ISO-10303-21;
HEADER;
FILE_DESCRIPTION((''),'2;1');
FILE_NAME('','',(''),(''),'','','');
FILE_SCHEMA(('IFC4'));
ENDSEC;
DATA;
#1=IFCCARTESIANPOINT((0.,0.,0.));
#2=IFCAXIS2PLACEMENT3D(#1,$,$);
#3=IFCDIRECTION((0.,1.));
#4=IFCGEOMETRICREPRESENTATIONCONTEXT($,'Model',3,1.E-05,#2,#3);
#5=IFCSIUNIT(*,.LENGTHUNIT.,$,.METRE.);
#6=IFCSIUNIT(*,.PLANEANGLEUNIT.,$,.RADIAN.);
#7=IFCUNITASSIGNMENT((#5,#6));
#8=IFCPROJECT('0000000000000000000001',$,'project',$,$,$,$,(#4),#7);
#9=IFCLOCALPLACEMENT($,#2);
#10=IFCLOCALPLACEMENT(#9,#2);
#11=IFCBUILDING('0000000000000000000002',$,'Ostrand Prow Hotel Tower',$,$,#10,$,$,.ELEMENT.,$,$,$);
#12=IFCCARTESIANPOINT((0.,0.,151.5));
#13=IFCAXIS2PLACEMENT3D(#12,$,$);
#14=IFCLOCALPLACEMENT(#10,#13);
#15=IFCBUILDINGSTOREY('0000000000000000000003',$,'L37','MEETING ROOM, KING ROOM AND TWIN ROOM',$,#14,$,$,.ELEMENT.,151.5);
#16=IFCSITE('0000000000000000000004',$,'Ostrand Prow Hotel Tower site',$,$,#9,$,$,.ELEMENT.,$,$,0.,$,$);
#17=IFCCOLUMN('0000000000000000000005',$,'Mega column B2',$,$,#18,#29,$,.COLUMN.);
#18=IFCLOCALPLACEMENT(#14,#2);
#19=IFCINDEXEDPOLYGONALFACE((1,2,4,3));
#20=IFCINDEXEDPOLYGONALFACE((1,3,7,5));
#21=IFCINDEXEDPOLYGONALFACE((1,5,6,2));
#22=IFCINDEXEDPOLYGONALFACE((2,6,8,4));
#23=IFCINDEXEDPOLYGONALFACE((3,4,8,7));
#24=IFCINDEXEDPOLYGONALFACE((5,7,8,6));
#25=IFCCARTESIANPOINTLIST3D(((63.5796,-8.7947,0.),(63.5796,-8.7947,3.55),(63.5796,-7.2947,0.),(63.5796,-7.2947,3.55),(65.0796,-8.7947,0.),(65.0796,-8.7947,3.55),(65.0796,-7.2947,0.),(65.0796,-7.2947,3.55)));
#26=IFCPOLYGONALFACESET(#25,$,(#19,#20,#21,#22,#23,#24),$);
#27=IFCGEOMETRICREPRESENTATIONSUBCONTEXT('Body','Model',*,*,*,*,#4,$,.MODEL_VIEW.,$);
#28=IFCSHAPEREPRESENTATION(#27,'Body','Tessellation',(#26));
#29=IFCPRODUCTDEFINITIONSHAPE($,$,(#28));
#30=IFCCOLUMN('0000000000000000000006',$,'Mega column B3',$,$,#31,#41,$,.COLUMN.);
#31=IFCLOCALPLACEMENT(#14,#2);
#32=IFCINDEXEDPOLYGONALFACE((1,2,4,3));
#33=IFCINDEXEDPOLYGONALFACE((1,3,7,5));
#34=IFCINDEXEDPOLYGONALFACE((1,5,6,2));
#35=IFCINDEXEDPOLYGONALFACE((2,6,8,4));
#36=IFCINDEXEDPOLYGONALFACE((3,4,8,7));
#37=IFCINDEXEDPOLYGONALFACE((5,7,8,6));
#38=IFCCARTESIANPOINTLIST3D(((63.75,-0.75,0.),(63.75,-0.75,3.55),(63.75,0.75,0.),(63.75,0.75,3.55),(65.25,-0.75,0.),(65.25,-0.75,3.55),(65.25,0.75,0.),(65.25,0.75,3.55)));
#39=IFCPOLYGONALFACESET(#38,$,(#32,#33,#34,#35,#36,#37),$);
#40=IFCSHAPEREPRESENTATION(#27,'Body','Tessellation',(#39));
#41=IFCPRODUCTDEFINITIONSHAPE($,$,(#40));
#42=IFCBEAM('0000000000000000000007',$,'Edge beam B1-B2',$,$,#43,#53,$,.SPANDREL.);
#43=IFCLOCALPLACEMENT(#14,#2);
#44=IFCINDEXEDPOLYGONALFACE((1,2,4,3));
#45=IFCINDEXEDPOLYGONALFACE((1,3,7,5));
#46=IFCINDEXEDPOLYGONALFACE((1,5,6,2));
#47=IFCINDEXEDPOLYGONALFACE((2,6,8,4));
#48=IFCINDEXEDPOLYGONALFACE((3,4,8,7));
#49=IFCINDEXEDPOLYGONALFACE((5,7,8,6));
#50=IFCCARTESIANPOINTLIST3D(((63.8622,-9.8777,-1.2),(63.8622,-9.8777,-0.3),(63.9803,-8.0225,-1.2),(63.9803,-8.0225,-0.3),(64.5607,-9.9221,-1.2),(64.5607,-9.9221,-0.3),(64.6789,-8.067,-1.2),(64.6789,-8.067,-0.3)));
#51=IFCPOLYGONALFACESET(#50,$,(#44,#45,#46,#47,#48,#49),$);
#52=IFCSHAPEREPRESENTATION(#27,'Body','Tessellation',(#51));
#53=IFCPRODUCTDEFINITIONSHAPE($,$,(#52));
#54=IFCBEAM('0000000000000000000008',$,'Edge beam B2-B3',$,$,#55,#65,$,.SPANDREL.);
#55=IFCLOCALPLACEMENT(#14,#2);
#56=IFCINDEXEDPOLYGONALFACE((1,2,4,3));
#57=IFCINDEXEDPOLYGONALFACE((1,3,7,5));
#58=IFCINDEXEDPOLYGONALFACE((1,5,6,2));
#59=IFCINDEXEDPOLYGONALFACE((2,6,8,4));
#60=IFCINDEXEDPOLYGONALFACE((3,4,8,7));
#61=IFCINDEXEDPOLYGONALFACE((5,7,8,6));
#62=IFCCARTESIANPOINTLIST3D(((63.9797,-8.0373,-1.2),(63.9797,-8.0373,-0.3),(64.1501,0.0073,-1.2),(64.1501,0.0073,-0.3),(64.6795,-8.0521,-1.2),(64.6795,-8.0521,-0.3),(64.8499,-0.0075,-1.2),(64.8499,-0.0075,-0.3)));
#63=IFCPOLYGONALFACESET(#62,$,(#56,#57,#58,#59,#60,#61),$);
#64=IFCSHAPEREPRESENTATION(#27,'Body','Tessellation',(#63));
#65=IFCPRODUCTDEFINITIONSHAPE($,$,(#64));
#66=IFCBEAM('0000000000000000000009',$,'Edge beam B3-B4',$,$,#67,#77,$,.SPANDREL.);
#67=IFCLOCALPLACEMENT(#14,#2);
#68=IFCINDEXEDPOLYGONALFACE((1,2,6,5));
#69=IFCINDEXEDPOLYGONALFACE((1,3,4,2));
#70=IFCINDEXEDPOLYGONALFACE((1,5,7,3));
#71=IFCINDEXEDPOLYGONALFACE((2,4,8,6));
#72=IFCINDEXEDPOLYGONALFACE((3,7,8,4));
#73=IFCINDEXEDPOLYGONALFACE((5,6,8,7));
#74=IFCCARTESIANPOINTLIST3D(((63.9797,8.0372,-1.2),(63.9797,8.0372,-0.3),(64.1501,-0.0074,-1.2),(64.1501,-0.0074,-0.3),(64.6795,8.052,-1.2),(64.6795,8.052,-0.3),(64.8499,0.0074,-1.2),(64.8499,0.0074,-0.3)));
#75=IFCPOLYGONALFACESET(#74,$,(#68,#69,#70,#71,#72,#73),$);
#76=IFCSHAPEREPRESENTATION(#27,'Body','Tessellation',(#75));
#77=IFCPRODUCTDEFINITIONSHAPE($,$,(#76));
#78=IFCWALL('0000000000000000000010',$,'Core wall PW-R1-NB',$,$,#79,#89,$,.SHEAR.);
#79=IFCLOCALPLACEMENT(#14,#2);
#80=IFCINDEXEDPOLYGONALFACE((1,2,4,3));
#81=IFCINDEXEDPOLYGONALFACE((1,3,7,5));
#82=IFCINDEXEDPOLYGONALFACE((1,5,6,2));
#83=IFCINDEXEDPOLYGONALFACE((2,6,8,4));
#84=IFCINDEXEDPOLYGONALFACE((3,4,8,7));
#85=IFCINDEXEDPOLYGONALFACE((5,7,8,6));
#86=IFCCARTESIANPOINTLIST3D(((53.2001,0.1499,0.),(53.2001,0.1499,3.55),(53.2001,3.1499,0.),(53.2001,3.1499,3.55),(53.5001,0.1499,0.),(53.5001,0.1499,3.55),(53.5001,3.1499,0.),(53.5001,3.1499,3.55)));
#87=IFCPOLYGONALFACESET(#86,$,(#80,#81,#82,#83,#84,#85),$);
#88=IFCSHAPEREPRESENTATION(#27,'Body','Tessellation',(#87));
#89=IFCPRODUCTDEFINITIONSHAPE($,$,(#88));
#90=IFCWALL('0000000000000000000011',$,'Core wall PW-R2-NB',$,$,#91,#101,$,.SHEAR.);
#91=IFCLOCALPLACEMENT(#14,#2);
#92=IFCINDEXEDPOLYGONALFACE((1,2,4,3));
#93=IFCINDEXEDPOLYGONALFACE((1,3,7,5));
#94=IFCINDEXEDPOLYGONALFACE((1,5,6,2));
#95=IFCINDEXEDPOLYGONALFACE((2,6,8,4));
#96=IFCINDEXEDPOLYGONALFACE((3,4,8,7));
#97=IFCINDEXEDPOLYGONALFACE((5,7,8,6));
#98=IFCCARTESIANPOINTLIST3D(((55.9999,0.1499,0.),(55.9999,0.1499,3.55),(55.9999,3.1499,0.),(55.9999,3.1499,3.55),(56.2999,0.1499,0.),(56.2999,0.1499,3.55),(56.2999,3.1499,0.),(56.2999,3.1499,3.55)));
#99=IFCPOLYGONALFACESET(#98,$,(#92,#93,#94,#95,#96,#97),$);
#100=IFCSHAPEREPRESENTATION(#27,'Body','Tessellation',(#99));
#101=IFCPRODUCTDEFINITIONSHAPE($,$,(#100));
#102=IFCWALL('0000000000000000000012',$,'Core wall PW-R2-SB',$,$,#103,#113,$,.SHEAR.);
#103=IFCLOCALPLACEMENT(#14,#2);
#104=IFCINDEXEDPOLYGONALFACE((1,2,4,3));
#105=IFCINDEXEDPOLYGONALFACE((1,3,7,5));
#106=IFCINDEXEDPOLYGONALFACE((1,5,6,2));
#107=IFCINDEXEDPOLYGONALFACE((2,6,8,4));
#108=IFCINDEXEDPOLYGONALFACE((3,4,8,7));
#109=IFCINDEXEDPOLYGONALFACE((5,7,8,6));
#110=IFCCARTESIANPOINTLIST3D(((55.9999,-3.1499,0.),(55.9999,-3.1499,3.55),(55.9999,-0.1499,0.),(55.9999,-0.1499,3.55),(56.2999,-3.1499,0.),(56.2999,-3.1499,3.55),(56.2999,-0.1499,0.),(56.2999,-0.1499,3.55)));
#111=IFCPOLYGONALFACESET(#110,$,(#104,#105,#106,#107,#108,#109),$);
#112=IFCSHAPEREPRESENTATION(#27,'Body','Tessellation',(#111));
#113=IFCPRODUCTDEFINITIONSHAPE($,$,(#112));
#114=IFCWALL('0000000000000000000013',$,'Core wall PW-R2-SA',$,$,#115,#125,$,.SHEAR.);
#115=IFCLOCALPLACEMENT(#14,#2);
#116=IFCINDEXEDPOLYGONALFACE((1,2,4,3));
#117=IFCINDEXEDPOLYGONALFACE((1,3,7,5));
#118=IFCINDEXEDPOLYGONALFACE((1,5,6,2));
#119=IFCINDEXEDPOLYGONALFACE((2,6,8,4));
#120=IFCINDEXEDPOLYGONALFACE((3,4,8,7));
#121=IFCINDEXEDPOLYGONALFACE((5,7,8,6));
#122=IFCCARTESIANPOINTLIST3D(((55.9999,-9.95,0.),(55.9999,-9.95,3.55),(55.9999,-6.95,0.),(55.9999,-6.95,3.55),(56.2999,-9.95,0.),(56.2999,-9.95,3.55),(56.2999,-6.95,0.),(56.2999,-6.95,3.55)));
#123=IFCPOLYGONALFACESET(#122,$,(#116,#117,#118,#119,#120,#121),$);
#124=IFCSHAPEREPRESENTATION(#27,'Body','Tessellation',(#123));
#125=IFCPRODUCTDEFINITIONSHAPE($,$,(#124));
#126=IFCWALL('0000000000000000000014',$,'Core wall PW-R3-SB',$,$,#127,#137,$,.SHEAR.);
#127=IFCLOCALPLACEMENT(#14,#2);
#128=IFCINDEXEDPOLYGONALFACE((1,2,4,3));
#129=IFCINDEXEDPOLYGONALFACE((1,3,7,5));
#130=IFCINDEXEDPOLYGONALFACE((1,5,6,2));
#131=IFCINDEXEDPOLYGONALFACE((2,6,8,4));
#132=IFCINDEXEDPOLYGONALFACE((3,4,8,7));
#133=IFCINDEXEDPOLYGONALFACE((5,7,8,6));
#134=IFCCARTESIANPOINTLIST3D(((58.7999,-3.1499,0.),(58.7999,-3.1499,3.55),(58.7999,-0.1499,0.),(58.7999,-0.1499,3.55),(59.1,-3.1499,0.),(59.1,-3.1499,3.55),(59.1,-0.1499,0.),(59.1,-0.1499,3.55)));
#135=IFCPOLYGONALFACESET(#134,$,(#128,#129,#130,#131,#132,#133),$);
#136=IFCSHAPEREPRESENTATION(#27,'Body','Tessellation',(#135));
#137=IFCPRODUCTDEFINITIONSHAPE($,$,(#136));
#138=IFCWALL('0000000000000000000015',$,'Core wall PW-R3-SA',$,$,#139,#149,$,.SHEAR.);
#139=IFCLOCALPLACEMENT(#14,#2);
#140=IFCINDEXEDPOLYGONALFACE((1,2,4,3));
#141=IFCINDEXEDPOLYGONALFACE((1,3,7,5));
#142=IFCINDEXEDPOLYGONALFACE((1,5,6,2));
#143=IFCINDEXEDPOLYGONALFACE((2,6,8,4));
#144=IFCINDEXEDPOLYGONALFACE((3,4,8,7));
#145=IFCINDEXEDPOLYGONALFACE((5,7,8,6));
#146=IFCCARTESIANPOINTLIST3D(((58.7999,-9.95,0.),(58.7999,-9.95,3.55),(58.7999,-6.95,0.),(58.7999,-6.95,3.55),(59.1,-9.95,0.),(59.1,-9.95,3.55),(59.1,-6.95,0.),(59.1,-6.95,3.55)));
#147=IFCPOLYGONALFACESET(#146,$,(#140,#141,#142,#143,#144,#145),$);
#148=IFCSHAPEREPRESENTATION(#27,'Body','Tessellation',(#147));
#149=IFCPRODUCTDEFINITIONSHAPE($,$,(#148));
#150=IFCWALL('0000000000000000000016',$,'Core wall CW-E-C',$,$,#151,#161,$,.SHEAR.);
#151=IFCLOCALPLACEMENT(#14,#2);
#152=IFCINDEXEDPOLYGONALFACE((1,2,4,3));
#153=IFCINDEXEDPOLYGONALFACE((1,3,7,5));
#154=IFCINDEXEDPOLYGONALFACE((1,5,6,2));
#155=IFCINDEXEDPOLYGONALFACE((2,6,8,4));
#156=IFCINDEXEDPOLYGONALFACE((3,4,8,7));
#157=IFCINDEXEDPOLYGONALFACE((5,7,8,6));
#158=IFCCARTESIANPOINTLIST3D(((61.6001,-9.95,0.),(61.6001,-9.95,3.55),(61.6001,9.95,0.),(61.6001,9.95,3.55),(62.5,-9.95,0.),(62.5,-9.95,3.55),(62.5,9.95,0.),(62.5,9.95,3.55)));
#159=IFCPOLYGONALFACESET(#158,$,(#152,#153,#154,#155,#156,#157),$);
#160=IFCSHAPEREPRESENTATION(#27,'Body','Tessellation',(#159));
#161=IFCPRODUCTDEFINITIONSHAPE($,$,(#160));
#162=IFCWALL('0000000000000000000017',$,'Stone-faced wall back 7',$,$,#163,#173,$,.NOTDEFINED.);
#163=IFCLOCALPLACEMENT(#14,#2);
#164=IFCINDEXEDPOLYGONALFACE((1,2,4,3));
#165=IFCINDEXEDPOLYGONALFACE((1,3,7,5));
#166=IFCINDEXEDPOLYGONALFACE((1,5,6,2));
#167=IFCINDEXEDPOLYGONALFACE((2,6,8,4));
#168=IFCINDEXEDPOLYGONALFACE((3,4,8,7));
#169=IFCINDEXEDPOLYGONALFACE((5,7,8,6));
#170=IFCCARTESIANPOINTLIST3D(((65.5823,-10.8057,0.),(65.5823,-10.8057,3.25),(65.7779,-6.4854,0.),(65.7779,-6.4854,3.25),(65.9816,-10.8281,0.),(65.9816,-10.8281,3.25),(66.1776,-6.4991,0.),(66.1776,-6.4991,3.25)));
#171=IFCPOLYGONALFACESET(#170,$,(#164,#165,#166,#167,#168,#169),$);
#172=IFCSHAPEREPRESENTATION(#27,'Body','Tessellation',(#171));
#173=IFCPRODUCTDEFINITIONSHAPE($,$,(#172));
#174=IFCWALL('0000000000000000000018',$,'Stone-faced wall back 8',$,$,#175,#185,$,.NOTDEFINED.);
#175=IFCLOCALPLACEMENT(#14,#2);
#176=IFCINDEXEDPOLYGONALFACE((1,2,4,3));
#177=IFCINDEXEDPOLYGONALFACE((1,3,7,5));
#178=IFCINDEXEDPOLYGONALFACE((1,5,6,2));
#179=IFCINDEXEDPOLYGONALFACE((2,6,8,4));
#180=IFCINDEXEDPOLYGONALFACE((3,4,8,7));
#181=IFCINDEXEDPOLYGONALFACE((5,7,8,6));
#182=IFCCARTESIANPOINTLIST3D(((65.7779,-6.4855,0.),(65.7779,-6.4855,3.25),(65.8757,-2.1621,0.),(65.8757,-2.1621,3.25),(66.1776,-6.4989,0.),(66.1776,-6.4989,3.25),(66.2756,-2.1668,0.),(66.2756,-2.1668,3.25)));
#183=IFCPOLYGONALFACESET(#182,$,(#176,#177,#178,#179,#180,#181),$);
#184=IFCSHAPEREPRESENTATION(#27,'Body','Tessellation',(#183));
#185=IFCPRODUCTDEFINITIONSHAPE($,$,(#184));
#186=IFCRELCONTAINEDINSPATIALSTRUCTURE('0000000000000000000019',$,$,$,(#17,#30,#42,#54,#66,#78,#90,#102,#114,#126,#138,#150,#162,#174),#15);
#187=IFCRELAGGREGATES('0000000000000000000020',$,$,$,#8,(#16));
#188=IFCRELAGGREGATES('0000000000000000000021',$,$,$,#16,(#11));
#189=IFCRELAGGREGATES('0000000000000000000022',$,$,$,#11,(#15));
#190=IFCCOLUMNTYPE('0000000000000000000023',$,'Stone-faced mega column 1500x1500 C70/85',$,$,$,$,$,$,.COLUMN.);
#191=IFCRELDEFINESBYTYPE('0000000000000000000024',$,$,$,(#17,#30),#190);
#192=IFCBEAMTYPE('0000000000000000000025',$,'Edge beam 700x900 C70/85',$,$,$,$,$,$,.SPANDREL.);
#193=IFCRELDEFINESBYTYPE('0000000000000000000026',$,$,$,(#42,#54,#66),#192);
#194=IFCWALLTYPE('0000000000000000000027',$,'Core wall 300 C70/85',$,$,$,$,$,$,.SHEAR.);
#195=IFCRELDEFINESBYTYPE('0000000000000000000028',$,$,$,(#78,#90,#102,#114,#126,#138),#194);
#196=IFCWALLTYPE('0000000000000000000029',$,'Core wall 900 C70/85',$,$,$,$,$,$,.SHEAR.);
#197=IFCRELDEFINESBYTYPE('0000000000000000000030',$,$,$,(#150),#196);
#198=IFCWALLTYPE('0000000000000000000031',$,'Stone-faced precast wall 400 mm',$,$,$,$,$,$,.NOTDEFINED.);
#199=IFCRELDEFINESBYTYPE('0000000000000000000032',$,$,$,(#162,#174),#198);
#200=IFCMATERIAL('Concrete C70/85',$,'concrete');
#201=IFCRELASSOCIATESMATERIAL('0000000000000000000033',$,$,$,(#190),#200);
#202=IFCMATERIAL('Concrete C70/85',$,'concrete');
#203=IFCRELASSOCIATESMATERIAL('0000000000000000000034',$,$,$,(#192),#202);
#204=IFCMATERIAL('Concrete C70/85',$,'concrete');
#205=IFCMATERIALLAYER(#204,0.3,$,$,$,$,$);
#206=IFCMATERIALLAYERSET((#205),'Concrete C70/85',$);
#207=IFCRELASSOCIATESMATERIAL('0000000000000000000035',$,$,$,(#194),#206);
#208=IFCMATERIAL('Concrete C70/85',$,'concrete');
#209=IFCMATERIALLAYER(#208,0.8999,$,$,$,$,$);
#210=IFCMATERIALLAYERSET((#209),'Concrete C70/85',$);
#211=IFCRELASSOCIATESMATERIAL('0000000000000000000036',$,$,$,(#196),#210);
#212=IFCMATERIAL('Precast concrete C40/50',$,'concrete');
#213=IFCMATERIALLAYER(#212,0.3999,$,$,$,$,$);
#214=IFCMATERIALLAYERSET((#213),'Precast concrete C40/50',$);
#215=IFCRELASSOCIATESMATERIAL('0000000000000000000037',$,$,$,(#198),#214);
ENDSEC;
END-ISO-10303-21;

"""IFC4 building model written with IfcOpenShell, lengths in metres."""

from ifc_helpers import new_model, si_unit, direction, frame, frame_2d, origin, origin_2d, place, context, subcontext, project, spatial, polyline, rectangle, outline, extrude, material, layer, layer_set, material_profile, profile_set, type_object, element, save


model = new_model("IFC4")

# Units and contexts
model_context = context("Model", 3, precision=1e-05, world=origin(), true_north=direction((0.0, 1.0)))
body_context = subcontext(model_context, "Body", "Model", "MODEL_VIEW")
ifc_project = project(units=[si_unit("LENGTHUNIT", "METRE"), si_unit("PLANEANGLEUNIT", "RADIAN")], contexts=[model_context])

# Site, building, storey
site_placement = place(None, origin())
site = spatial("IfcSite", under=ifc_project, at=site_placement, Name="Ostrand Prow Hotel Tower site", CompositionType="ELEMENT", RefElevation=0.0)
building_placement = place(site_placement, origin())
building = spatial("IfcBuilding", under=site, at=building_placement, Name="Ostrand Prow Hotel Tower", CompositionType="ELEMENT")
storey_placement = place(building_placement, frame((0.0, 0.0, 151.5)))
storey = spatial("IfcBuildingStorey", under=building, at=storey_placement, Name="L37", Description="MEETING ROOM, KING ROOM AND TWIN ROOM", CompositionType="ELEMENT", Elevation=151.5)

# Columns
ifc_material_1 = material(Name="Concrete C70/85", Category="concrete")
ifc_material_profile_1 = material_profile(ifc_material_1, rectangle(XDim=1.5, YDim=1.5, at=origin_2d()), Name="RC 1500x1500")
ifc_profile_set_1 = profile_set([ifc_material_profile_1], Name="Concrete C70/85")
column_type = type_object("IfcColumnType", Name="Stone-faced mega column 1500x1500 C70/85", PredefinedType="COLUMN", material=ifc_profile_set_1)
for number, where, z_axis, x_axis, name in (
    (1, (64.3296, -8.0447, 0.0), (0.0, 0.0, 1.0), (1.0, 0.0, 0.0), "Mega column B2"),
    (2, (64.5, 0.0, 0.0), (0.0, 0.0, 1.0), (1.0, 0.0, 0.0), "Mega column B3"),
):
    element("IfcColumn", number, at=place(storey_placement, frame(where, z_axis=z_axis, x_axis=x_axis)), inside=storey, type_object=column_type, Name=name, PredefinedType="COLUMN", context=body_context, shape_type="SweptSolid", body=[
        extrude(rectangle(XDim=1.5, YDim=1.5, at=origin_2d()), origin(), (0.0, 0.0, 1.0), 3.55),
    ])

# Beams
ifc_material_2 = material(Name="Concrete C70/85", Category="concrete")
ifc_material_profile_2 = material_profile(ifc_material_2, rectangle(XDim=0.7, YDim=0.8999, at=origin_2d()), Name="RC 700x900")
ifc_profile_set_2 = profile_set([ifc_material_profile_2], Name="Concrete C70/85")
beam_type = type_object("IfcBeamType", Name="Edge beam 700x900 C70/85", PredefinedType="SPANDREL", material=ifc_profile_set_2)
beam_placement = place(storey_placement, frame((64.2114, -9.8999, -0.75), z_axis=(0.063564, 0.997978, 0.0), x_axis=(-0.997978, 0.063564, 0.0)))
element("IfcBeam", 3, at=beam_placement, inside=storey, type_object=beam_type, Name="Edge beam B1-B2", PredefinedType="SPANDREL", context=body_context, shape_type="SweptSolid", body=[
    extrude(rectangle(XDim=0.7, YDim=0.8999, at=origin_2d()), origin(), (0.0, 0.0, 1.0), 1.8589),
])
for number, where, z_axis, x_axis, name in (
    (4, (64.3296, -8.0447, -0.75), (0.021178, 0.999776, 0.0), (-0.999776, 0.021178, 0.0), "Edge beam B2-B3"),
    (5, (64.5, 0.0, -0.75), (-0.021178, 0.999776, 0.0), (-0.999776, -0.021178, 0.0), "Edge beam B3-B4"),
):
    element("IfcBeam", number, at=place(storey_placement, frame(where, z_axis=z_axis, x_axis=x_axis)), inside=storey, type_object=beam_type, Name=name, PredefinedType="SPANDREL", context=body_context, shape_type="SweptSolid", body=[
        extrude(rectangle(XDim=0.7, YDim=0.8999, at=origin_2d()), origin(), (0.0, 0.0, 1.0), 8.0464),
    ])

# Walls
ifc_material_3 = material(Name="Concrete C70/85", Category="concrete")
ifc_layer_1 = layer(ifc_material_3, 0.3)
ifc_layer_set_1 = layer_set([ifc_layer_1], Name="Concrete C70/85")
wall_type_1 = type_object("IfcWallType", Name="Core wall 300 C70/85", PredefinedType="SHEAR", material=ifc_layer_set_1)
for number, where, z_axis, x_axis, name in (
    (6, (53.3501, 0.1499, 0.0), (0.0, 0.0, 1.0), (0.0, 1.0, 0.0), "Core wall PW-R1-NB"),
    (7, (56.1499, 0.1499, 0.0), (0.0, 0.0, 1.0), (0.0, 1.0, 0.0), "Core wall PW-R2-NB"),
    (8, (56.1499, -3.1499, 0.0), (0.0, 0.0, 1.0), (0.0, 1.0, 0.0), "Core wall PW-R2-SB"),
    (9, (56.1499, -9.95, 0.0), (0.0, 0.0, 1.0), (0.0, 1.0, 0.0), "Core wall PW-R2-SA"),
    (10, (58.95, -3.1499, 0.0), (0.0, 0.0, 1.0), (0.0, 1.0, 0.0), "Core wall PW-R3-SB"),
    (11, (58.95, -9.95, 0.0), (0.0, 0.0, 1.0), (0.0, 1.0, 0.0), "Core wall PW-R3-SA"),
):
    element("IfcWall", number, at=place(storey_placement, frame(where, z_axis=z_axis, x_axis=x_axis)), inside=storey, type_object=wall_type_1, Name=name, PredefinedType="SHEAR", context=body_context, shape_type="SweptSolid", body=[
        extrude(rectangle(XDim=3.0, YDim=0.3, at=frame_2d((1.5, 0.0))), origin(), (0.0, 0.0, 1.0), 3.55),
    ])
ifc_material_4 = material(Name="Concrete C70/85", Category="concrete")
ifc_layer_2 = layer(ifc_material_4, 0.8999)
ifc_layer_set_2 = layer_set([ifc_layer_2], Name="Concrete C70/85")
wall_type_2 = type_object("IfcWallType", Name="Core wall 900 C70/85", PredefinedType="SHEAR", material=ifc_layer_set_2)
wall_1_placement = place(storey_placement, frame((62.05, -9.95, 0.0), z_axis=(0.0, 0.0, 1.0), x_axis=(0.0, 1.0, 0.0)))
element("IfcWall", 12, at=wall_1_placement, inside=storey, type_object=wall_type_2, Name="Core wall CW-E-C", PredefinedType="SHEAR", context=body_context, shape_type="SweptSolid", body=[
    extrude(rectangle(XDim=19.8999, YDim=0.8999, at=frame_2d((9.95, 0.0))), origin(), (0.0, 0.0, 1.0), 3.55),
])
ifc_material_5 = material(Name="Precast concrete C40/50", Category="concrete")
ifc_layer_3 = layer(ifc_material_5, 0.3999)
ifc_layer_set_3 = layer_set([ifc_layer_3], Name="Precast concrete C40/50")
wall_type_3 = type_object("IfcWallType", Name="Stone-faced precast wall 400 mm", PredefinedType="NOTDEFINED", material=ifc_layer_set_3)
wall_2_placement = place(storey_placement, frame((65.782, -10.8169, 0.0), z_axis=(0.0, 0.0, 1.0), x_axis=(0.045229, 0.998977, 0.0)))
element("IfcWall", 13, at=wall_2_placement, inside=storey, type_object=wall_type_3, Name="Stone-faced wall back 7", PredefinedType="NOTDEFINED", context=body_context, shape_type="SweptSolid", body=[
    extrude(outline(polyline([(-0.0022, -0.2), (4.3313, -0.2), (4.3269, 0.2), (0.0022, 0.2), (-0.0022, -0.2)])), origin(), (0.0, 0.0, 1.0), 3.25),
])
wall_3_placement = place(storey_placement, frame((65.9778, -6.4922, 0.0), z_axis=(0.0, 0.0, 1.0), x_axis=(0.022616, 0.999744, 0.0)))
element("IfcWall", 14, at=wall_3_placement, inside=storey, type_object=wall_type_3, Name="Stone-faced wall back 8", PredefinedType="NOTDEFINED", context=body_context, shape_type="SweptSolid", body=[
    extrude(outline(polyline([(-0.0022, -0.2), (4.3311, -0.2), (4.3267, 0.2), (0.0022, 0.2), (-0.0022, -0.2)])), origin(), (0.0, 0.0, 1.0), 3.25),
])

save(model, "model.ifc")
